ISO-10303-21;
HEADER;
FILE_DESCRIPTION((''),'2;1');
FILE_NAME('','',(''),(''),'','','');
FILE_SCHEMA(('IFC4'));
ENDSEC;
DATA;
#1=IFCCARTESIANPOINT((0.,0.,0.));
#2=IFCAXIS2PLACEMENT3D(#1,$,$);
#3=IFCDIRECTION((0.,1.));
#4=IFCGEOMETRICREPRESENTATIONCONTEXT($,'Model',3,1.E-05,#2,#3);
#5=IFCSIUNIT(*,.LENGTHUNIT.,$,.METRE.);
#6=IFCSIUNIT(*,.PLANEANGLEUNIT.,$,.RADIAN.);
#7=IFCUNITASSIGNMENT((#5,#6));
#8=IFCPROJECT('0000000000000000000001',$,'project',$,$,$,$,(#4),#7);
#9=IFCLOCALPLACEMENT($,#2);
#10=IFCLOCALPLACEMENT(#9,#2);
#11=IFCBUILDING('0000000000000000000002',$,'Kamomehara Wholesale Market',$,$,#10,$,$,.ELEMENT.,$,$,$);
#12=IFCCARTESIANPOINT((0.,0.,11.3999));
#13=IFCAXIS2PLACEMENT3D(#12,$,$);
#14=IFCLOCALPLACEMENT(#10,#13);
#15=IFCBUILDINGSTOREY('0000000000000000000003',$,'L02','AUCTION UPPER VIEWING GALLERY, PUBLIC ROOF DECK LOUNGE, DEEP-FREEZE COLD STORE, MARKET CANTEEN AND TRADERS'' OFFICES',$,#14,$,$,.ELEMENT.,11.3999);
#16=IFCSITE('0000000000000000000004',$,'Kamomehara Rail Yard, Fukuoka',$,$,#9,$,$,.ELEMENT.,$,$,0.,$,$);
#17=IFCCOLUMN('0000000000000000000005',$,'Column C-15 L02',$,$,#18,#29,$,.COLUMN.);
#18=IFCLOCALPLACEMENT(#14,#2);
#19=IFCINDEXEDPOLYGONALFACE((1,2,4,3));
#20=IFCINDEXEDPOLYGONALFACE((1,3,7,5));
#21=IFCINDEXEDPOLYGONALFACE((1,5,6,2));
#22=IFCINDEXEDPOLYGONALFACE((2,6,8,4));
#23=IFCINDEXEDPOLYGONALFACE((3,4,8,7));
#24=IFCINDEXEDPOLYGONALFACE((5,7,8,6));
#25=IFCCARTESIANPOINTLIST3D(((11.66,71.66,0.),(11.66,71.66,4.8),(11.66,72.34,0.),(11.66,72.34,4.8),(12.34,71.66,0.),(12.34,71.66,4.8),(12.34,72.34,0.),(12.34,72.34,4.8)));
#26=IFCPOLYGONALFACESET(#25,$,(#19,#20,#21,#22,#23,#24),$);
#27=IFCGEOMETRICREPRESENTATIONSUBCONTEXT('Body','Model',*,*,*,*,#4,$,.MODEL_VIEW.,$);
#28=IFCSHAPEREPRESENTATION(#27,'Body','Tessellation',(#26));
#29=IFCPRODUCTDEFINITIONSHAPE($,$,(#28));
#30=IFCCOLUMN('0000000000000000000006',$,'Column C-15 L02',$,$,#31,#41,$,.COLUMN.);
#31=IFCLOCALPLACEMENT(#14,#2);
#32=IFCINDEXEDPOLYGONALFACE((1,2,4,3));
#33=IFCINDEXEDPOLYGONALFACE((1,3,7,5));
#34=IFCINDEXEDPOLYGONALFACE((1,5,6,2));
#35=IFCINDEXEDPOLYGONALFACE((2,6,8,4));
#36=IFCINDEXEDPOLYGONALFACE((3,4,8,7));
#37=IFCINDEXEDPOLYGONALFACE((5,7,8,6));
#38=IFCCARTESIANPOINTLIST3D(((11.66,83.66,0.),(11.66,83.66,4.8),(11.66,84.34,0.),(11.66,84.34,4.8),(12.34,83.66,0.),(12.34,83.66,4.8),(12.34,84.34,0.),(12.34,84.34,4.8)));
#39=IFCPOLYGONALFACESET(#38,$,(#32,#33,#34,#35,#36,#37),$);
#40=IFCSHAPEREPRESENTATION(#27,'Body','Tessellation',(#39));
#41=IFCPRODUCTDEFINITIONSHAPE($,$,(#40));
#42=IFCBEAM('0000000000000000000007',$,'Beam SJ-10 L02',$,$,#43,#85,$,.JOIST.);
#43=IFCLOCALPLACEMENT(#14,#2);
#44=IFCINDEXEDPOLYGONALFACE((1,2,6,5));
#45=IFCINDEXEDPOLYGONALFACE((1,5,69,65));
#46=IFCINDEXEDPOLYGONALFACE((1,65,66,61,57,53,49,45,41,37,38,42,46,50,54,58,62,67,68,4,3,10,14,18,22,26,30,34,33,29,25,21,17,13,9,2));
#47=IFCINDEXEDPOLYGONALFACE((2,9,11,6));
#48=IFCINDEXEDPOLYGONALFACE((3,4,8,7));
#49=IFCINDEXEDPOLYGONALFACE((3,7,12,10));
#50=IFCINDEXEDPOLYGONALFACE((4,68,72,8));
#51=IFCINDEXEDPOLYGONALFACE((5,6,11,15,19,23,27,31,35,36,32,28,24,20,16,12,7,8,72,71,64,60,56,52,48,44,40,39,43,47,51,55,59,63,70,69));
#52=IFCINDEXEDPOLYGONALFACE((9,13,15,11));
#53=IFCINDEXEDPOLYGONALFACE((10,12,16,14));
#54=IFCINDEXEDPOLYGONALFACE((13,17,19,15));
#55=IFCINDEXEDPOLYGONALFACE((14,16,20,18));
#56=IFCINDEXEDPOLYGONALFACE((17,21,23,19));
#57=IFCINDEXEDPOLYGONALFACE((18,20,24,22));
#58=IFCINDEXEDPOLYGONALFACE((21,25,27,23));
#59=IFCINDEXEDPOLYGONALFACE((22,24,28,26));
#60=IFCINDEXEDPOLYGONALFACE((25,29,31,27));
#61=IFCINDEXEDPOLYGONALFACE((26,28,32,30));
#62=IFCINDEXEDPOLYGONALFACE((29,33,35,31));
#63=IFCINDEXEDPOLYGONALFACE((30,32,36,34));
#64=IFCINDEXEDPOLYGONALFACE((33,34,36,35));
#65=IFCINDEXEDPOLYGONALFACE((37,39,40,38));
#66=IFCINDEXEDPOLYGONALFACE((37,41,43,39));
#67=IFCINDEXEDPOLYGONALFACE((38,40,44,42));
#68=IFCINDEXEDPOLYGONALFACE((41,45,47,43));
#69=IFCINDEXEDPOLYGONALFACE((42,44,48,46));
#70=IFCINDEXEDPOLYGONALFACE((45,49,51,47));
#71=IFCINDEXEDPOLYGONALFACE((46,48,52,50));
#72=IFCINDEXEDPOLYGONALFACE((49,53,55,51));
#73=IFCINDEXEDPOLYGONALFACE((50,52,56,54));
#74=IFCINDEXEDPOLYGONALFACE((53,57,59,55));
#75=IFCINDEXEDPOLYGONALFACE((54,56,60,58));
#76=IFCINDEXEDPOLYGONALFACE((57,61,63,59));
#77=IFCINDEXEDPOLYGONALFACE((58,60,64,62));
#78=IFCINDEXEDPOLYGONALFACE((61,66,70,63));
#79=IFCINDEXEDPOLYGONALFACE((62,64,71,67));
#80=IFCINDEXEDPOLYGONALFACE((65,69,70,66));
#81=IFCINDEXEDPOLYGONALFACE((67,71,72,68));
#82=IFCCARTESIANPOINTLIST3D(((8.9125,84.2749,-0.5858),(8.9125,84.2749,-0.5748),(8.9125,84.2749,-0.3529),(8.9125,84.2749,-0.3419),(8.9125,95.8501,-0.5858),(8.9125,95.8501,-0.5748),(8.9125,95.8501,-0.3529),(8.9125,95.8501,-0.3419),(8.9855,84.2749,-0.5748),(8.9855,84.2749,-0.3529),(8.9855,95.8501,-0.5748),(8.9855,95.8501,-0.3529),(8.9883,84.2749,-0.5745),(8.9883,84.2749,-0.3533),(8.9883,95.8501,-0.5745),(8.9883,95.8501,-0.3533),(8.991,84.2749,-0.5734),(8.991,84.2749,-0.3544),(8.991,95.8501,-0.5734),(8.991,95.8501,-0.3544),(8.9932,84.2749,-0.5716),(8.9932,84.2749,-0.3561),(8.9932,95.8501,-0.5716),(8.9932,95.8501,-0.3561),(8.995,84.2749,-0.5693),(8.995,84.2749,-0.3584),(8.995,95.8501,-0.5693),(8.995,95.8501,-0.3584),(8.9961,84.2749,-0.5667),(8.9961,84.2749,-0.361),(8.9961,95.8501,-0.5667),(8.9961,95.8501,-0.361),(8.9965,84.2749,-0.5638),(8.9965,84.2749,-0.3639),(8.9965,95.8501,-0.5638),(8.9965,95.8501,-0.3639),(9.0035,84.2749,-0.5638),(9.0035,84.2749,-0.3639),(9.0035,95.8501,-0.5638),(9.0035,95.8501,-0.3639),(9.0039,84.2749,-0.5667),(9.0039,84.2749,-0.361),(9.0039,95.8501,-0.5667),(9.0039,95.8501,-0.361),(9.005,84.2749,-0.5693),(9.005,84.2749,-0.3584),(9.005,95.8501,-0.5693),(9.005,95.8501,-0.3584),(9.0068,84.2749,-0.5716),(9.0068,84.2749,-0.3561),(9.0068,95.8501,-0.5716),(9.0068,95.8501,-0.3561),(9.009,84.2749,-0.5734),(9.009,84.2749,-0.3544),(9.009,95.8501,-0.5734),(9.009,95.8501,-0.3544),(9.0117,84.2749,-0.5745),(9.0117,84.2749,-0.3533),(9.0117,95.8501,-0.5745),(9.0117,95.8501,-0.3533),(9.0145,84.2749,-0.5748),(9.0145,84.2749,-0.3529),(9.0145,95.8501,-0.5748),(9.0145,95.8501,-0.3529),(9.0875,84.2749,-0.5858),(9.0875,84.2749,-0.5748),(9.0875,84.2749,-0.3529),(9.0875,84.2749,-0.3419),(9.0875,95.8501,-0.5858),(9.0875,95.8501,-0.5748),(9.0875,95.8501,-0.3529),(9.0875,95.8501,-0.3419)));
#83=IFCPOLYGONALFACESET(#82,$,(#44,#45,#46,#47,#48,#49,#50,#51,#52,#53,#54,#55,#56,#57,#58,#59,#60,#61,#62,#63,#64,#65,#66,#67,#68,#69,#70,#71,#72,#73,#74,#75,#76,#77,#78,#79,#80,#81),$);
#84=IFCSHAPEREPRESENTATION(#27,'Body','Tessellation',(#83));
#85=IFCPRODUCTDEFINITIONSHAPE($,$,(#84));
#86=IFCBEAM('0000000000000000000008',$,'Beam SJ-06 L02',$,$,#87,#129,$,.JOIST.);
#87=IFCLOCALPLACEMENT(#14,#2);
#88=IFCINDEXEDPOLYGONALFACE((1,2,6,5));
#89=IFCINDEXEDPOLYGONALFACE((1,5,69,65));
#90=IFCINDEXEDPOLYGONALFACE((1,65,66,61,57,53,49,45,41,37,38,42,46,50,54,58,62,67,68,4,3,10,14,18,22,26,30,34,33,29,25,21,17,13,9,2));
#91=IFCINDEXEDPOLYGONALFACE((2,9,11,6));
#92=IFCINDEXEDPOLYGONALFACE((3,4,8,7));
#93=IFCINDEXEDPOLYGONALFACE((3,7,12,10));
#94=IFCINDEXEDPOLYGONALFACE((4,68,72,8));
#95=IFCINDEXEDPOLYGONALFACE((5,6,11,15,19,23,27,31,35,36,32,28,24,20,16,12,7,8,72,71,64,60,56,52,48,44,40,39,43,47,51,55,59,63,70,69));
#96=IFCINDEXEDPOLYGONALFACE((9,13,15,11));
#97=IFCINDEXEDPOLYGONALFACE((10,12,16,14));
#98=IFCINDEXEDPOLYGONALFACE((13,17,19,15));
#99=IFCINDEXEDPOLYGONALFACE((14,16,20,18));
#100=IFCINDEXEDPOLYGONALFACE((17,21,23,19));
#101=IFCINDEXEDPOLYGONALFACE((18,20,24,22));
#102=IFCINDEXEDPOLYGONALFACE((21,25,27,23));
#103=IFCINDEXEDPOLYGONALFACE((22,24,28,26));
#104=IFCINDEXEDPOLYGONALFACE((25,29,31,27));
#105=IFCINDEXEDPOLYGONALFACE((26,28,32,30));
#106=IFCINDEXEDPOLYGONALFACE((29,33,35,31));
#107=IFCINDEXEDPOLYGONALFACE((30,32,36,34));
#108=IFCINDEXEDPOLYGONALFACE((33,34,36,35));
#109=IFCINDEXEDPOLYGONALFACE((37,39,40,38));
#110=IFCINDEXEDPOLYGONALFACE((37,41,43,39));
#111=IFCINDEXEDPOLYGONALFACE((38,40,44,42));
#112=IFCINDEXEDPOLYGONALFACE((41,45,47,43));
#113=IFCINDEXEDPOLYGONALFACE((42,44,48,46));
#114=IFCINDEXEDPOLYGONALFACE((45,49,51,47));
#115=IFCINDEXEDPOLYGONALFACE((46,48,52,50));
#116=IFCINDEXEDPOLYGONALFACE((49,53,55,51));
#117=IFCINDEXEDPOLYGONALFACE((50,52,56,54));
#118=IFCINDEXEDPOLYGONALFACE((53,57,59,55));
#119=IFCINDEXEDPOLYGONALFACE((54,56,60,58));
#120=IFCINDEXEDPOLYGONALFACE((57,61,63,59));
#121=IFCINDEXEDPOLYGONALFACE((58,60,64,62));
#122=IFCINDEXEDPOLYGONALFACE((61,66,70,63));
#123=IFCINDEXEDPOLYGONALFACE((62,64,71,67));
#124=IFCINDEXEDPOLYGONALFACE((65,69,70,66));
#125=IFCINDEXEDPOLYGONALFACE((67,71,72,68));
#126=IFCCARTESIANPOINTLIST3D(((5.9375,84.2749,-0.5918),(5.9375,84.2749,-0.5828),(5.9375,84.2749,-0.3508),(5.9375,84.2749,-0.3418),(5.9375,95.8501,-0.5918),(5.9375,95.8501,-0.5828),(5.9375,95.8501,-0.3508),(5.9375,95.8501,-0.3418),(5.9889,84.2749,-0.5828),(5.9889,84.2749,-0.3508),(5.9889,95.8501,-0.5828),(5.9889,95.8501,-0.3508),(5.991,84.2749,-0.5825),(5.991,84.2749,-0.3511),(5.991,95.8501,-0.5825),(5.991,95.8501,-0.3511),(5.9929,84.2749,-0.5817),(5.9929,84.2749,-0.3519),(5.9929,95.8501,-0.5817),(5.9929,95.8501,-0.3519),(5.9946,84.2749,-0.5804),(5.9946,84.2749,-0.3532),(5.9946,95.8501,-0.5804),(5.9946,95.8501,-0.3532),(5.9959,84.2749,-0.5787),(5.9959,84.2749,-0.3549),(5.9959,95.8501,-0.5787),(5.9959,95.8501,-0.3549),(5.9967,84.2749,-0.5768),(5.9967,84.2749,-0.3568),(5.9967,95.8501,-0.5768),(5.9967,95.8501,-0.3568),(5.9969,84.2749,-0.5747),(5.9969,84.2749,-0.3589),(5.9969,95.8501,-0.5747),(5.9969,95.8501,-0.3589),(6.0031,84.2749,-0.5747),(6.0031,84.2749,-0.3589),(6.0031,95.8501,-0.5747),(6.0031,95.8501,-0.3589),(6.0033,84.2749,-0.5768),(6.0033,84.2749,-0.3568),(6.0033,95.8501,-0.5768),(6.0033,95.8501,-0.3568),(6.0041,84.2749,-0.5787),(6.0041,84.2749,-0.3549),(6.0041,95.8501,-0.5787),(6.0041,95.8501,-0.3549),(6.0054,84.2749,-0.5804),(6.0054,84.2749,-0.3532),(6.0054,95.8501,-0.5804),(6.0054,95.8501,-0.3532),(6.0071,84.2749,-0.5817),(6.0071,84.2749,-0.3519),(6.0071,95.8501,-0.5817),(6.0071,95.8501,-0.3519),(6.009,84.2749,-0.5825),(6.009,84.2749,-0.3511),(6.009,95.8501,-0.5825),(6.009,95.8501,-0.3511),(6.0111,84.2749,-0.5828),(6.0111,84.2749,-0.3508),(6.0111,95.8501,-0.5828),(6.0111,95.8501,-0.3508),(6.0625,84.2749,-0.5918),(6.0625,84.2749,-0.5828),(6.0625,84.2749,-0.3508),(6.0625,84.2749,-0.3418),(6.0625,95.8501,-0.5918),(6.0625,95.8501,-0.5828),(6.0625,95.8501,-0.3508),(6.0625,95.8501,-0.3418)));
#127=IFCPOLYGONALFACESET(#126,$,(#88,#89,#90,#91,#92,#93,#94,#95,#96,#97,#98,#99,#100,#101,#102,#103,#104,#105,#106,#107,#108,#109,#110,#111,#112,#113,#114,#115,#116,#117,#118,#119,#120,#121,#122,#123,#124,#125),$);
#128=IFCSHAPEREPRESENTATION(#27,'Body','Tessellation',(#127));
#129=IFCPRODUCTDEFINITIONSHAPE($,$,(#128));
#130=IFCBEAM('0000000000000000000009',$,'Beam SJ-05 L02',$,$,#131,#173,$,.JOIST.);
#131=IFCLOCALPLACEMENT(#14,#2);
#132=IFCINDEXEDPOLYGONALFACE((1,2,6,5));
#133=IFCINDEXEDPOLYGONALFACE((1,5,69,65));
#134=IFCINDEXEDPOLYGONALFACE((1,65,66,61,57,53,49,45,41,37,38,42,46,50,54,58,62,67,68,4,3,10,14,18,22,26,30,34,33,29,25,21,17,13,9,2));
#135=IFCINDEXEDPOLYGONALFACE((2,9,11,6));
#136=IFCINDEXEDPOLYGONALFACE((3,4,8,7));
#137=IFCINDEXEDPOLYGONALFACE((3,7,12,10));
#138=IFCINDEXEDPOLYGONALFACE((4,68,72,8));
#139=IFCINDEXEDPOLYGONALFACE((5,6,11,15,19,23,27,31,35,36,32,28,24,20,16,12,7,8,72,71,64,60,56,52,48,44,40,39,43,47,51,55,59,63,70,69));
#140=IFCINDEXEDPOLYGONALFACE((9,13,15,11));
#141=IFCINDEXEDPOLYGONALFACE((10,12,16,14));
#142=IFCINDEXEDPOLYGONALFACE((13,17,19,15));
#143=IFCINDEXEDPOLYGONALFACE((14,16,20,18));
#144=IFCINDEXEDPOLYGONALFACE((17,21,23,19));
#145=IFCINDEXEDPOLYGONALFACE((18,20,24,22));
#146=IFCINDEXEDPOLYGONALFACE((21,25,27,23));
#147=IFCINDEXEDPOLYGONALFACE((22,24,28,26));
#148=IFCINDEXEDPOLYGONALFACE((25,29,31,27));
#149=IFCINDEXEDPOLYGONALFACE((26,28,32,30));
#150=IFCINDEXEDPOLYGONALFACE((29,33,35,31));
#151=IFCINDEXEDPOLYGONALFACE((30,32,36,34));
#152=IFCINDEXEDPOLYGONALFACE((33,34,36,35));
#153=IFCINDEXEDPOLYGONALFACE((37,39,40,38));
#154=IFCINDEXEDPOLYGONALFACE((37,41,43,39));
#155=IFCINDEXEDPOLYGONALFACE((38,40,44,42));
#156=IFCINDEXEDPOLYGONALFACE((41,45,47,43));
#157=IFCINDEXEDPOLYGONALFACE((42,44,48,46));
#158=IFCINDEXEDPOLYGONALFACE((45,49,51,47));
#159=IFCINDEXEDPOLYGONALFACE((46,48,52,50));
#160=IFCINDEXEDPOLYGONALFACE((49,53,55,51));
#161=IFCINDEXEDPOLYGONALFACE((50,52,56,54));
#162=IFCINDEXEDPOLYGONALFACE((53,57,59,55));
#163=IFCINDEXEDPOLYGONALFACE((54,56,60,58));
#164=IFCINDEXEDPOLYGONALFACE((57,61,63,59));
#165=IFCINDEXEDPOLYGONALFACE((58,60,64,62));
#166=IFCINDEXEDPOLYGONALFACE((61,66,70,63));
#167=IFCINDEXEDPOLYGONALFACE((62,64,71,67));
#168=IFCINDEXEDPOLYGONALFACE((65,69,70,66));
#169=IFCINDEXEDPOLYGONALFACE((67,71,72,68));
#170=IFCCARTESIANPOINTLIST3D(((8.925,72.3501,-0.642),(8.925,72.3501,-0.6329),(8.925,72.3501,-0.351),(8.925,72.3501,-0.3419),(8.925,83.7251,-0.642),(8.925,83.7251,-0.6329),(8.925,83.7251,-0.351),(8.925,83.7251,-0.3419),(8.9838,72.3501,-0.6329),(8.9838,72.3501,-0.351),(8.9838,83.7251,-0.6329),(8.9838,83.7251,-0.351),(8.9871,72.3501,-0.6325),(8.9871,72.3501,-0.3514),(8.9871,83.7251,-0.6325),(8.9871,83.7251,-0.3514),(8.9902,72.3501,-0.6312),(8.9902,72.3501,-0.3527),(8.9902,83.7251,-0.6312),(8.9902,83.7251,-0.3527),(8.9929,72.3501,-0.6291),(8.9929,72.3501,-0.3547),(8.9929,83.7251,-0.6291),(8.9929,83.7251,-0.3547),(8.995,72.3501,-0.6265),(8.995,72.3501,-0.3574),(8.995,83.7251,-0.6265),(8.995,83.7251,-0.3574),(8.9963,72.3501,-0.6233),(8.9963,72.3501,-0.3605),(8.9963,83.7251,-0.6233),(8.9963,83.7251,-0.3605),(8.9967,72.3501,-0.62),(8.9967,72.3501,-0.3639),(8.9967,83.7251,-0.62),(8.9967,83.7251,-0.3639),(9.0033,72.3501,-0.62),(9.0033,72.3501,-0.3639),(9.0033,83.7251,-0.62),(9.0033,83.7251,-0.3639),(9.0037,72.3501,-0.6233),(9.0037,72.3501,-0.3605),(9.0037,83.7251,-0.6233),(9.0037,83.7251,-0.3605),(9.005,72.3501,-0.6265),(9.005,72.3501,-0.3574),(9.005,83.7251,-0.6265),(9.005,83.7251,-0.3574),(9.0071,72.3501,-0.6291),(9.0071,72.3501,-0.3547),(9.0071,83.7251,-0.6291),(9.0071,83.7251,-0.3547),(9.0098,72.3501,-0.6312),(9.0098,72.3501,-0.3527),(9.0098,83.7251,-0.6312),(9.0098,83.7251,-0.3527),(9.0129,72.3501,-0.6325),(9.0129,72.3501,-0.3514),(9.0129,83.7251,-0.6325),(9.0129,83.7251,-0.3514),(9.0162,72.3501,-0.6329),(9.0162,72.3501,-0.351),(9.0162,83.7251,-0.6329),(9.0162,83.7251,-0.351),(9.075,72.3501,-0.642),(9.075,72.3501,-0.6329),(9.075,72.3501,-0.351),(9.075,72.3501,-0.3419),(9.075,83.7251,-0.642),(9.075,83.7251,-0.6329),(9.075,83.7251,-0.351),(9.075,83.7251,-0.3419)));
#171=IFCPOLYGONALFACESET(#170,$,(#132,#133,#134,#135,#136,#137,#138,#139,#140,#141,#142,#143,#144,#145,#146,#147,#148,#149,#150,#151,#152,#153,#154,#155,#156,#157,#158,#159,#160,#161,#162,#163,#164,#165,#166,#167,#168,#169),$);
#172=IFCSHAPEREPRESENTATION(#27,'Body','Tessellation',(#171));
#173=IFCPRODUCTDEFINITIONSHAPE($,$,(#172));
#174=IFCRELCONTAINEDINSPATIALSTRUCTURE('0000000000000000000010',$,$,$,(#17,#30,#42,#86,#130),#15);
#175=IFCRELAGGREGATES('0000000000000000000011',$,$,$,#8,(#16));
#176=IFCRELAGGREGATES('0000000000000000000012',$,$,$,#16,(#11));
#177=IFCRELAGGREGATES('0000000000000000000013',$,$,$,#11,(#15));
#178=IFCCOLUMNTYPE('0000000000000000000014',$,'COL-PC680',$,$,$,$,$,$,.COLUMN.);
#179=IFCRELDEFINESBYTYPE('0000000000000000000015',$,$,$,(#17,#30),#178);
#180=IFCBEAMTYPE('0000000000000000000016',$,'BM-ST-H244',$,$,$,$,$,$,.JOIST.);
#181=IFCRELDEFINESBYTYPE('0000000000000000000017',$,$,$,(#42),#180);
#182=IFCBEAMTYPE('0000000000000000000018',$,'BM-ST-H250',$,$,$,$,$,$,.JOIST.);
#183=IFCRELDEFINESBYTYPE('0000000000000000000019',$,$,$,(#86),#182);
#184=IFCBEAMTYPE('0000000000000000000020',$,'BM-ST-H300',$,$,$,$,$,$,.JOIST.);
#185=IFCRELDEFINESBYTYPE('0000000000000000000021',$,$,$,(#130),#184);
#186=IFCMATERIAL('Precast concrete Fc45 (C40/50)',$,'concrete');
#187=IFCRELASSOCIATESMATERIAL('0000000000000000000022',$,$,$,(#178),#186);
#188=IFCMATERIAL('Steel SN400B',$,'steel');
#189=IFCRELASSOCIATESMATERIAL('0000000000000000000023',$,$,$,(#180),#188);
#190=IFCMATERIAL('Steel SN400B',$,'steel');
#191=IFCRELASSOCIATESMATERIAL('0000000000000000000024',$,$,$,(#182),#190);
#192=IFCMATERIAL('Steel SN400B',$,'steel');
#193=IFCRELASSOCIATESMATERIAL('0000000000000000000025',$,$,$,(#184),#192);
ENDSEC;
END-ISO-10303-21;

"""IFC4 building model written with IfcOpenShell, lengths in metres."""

from ifc_helpers import new_model, si_unit, direction, frame, origin, origin_2d, place, context, subcontext, project, spatial, rectangle, i_section, extrude, material, material_profile, profile_set, type_object, element, save


model = new_model("IFC4")

# Units and contexts
model_context = context("Model", 3, precision=1e-05, world=origin(), true_north=direction((0.0, 1.0)))
body_context = subcontext(model_context, "Body", "Model", "MODEL_VIEW")
ifc_project = project(units=[si_unit("LENGTHUNIT", "METRE"), si_unit("PLANEANGLEUNIT", "RADIAN")], contexts=[model_context])

# Site, building, storey
site_placement = place(None, origin())
site = spatial("IfcSite", under=ifc_project, at=site_placement, Name="Kamomehara Rail Yard, Fukuoka", CompositionType="ELEMENT", RefElevation=0.0)
building_placement = place(site_placement, origin())
building = spatial("IfcBuilding", under=site, at=building_placement, Name="Kamomehara Wholesale Market", CompositionType="ELEMENT")
storey_placement = place(building_placement, frame((0.0, 0.0, 11.3999)))
storey = spatial("IfcBuildingStorey", under=building, at=storey_placement, Name="L02", Description="AUCTION UPPER VIEWING GALLERY, PUBLIC ROOF DECK LOUNGE, DEEP-FREEZE COLD STORE, MARKET CANTEEN AND TRADERS' OFFICES", CompositionType="ELEMENT", Elevation=11.3999)

# Columns
ifc_material_1 = material(Name="Precast concrete Fc45 (C40/50)", Category="concrete")
ifc_material_profile_1 = material_profile(ifc_material_1, rectangle(XDim=0.6799, YDim=0.6799, at=origin_2d()), Name="PC-COL-680x680")
ifc_profile_set_1 = profile_set([ifc_material_profile_1], Name="Precast concrete Fc45 (C40/50)")
column_type = type_object("IfcColumnType", Name="COL-PC680", PredefinedType="COLUMN", material=ifc_profile_set_1)
for number, where, z_axis, x_axis, name in (
    (1, (12.0, 72.0, 0.0), (0.0, 0.0, 1.0), (1.0, 0.0, 0.0), "Column C-15 L02"),
    (2, (12.0, 84.0, 0.0), (0.0, 0.0, 1.0), (1.0, 0.0, 0.0), "Column C-15 L02"),
):
    element("IfcColumn", number, at=place(storey_placement, frame(where, z_axis=z_axis, x_axis=x_axis)), inside=storey, type_object=column_type, Name=name, PredefinedType="COLUMN", context=body_context, shape_type="SweptSolid", body=[
        extrude(rectangle(XDim=0.6799, YDim=0.6799, at=origin_2d()), origin(), (0.0, 0.0, 1.0), 4.8),
    ])

# Beams
ifc_material_2 = material(Name="Steel SN400B", Category="steel")
ifc_material_profile_2 = material_profile(ifc_material_2, i_section(OverallWidth=0.175, OverallDepth=0.2439, WebThickness=0.0071, FlangeThickness=0.011, FilletRadius=0.011, at=origin_2d()), Name="H-244x175x7x11")
ifc_profile_set_2 = profile_set([ifc_material_profile_2], Name="Steel SN400B")
beam_type_1 = type_object("IfcBeamType", Name="BM-ST-H244", PredefinedType="JOIST", material=ifc_profile_set_2)
beam_1_placement = place(storey_placement, frame((9.0, 84.2749, -0.4639), z_axis=(0.0, 1.0, 0.0), x_axis=(-1.0, 0.0, 0.0)))
element("IfcBeam", 3, at=beam_1_placement, inside=storey, type_object=beam_type_1, Name="Beam SJ-10 L02", PredefinedType="JOIST", context=body_context, shape_type="SweptSolid", body=[
    extrude(i_section(OverallWidth=0.175, OverallDepth=0.2439, WebThickness=0.0071, FlangeThickness=0.011, FilletRadius=0.011, at=origin_2d()), origin(), (0.0, 0.0, 1.0), 11.5752),
])
ifc_material_3 = material(Name="Steel SN400B", Category="steel")
ifc_material_profile_3 = material_profile(ifc_material_3, i_section(OverallWidth=0.125, OverallDepth=0.25, WebThickness=0.0061, FlangeThickness=0.009, FilletRadius=0.0081, at=origin_2d()), Name="H-250x125x6x9")
ifc_profile_set_3 = profile_set([ifc_material_profile_3], Name="Steel SN400B")
beam_type_2 = type_object("IfcBeamType", Name="BM-ST-H250", PredefinedType="JOIST", material=ifc_profile_set_3)
beam_2_placement = place(storey_placement, frame((6.0, 84.2749, -0.4668), z_axis=(0.0, 1.0, 0.0), x_axis=(-1.0, 0.0, 0.0)))
element("IfcBeam", 4, at=beam_2_placement, inside=storey, type_object=beam_type_2, Name="Beam SJ-06 L02", PredefinedType="JOIST", context=body_context, shape_type="SweptSolid", body=[
    extrude(i_section(OverallWidth=0.125, OverallDepth=0.25, WebThickness=0.0061, FlangeThickness=0.009, FilletRadius=0.0081, at=origin_2d()), origin(), (0.0, 0.0, 1.0), 11.5752),
])
ifc_material_4 = material(Name="Steel SN400B", Category="steel")
ifc_material_profile_4 = material_profile(ifc_material_4, i_section(OverallWidth=0.1499, OverallDepth=0.3, WebThickness=0.0066, FlangeThickness=0.009, FilletRadius=0.0129, at=origin_2d()), Name="H-300x150x6.5x9")
ifc_profile_set_4 = profile_set([ifc_material_profile_4], Name="Steel SN400B")
beam_type_3 = type_object("IfcBeamType", Name="BM-ST-H300", PredefinedType="JOIST", material=ifc_profile_set_4)
beam_3_placement = place(storey_placement, frame((9.0, 72.3501, -0.4919), z_axis=(0.0, 1.0, 0.0), x_axis=(-1.0, 0.0, 0.0)))
element("IfcBeam", 5, at=beam_3_placement, inside=storey, type_object=beam_type_3, Name="Beam SJ-05 L02", PredefinedType="JOIST", context=body_context, shape_type="SweptSolid", body=[
    extrude(i_section(OverallWidth=0.1499, OverallDepth=0.3, WebThickness=0.0066, FlangeThickness=0.009, FilletRadius=0.0129, at=origin_2d()), origin(), (0.0, 0.0, 1.0), 11.375),
])

save(model, "model.ifc")
